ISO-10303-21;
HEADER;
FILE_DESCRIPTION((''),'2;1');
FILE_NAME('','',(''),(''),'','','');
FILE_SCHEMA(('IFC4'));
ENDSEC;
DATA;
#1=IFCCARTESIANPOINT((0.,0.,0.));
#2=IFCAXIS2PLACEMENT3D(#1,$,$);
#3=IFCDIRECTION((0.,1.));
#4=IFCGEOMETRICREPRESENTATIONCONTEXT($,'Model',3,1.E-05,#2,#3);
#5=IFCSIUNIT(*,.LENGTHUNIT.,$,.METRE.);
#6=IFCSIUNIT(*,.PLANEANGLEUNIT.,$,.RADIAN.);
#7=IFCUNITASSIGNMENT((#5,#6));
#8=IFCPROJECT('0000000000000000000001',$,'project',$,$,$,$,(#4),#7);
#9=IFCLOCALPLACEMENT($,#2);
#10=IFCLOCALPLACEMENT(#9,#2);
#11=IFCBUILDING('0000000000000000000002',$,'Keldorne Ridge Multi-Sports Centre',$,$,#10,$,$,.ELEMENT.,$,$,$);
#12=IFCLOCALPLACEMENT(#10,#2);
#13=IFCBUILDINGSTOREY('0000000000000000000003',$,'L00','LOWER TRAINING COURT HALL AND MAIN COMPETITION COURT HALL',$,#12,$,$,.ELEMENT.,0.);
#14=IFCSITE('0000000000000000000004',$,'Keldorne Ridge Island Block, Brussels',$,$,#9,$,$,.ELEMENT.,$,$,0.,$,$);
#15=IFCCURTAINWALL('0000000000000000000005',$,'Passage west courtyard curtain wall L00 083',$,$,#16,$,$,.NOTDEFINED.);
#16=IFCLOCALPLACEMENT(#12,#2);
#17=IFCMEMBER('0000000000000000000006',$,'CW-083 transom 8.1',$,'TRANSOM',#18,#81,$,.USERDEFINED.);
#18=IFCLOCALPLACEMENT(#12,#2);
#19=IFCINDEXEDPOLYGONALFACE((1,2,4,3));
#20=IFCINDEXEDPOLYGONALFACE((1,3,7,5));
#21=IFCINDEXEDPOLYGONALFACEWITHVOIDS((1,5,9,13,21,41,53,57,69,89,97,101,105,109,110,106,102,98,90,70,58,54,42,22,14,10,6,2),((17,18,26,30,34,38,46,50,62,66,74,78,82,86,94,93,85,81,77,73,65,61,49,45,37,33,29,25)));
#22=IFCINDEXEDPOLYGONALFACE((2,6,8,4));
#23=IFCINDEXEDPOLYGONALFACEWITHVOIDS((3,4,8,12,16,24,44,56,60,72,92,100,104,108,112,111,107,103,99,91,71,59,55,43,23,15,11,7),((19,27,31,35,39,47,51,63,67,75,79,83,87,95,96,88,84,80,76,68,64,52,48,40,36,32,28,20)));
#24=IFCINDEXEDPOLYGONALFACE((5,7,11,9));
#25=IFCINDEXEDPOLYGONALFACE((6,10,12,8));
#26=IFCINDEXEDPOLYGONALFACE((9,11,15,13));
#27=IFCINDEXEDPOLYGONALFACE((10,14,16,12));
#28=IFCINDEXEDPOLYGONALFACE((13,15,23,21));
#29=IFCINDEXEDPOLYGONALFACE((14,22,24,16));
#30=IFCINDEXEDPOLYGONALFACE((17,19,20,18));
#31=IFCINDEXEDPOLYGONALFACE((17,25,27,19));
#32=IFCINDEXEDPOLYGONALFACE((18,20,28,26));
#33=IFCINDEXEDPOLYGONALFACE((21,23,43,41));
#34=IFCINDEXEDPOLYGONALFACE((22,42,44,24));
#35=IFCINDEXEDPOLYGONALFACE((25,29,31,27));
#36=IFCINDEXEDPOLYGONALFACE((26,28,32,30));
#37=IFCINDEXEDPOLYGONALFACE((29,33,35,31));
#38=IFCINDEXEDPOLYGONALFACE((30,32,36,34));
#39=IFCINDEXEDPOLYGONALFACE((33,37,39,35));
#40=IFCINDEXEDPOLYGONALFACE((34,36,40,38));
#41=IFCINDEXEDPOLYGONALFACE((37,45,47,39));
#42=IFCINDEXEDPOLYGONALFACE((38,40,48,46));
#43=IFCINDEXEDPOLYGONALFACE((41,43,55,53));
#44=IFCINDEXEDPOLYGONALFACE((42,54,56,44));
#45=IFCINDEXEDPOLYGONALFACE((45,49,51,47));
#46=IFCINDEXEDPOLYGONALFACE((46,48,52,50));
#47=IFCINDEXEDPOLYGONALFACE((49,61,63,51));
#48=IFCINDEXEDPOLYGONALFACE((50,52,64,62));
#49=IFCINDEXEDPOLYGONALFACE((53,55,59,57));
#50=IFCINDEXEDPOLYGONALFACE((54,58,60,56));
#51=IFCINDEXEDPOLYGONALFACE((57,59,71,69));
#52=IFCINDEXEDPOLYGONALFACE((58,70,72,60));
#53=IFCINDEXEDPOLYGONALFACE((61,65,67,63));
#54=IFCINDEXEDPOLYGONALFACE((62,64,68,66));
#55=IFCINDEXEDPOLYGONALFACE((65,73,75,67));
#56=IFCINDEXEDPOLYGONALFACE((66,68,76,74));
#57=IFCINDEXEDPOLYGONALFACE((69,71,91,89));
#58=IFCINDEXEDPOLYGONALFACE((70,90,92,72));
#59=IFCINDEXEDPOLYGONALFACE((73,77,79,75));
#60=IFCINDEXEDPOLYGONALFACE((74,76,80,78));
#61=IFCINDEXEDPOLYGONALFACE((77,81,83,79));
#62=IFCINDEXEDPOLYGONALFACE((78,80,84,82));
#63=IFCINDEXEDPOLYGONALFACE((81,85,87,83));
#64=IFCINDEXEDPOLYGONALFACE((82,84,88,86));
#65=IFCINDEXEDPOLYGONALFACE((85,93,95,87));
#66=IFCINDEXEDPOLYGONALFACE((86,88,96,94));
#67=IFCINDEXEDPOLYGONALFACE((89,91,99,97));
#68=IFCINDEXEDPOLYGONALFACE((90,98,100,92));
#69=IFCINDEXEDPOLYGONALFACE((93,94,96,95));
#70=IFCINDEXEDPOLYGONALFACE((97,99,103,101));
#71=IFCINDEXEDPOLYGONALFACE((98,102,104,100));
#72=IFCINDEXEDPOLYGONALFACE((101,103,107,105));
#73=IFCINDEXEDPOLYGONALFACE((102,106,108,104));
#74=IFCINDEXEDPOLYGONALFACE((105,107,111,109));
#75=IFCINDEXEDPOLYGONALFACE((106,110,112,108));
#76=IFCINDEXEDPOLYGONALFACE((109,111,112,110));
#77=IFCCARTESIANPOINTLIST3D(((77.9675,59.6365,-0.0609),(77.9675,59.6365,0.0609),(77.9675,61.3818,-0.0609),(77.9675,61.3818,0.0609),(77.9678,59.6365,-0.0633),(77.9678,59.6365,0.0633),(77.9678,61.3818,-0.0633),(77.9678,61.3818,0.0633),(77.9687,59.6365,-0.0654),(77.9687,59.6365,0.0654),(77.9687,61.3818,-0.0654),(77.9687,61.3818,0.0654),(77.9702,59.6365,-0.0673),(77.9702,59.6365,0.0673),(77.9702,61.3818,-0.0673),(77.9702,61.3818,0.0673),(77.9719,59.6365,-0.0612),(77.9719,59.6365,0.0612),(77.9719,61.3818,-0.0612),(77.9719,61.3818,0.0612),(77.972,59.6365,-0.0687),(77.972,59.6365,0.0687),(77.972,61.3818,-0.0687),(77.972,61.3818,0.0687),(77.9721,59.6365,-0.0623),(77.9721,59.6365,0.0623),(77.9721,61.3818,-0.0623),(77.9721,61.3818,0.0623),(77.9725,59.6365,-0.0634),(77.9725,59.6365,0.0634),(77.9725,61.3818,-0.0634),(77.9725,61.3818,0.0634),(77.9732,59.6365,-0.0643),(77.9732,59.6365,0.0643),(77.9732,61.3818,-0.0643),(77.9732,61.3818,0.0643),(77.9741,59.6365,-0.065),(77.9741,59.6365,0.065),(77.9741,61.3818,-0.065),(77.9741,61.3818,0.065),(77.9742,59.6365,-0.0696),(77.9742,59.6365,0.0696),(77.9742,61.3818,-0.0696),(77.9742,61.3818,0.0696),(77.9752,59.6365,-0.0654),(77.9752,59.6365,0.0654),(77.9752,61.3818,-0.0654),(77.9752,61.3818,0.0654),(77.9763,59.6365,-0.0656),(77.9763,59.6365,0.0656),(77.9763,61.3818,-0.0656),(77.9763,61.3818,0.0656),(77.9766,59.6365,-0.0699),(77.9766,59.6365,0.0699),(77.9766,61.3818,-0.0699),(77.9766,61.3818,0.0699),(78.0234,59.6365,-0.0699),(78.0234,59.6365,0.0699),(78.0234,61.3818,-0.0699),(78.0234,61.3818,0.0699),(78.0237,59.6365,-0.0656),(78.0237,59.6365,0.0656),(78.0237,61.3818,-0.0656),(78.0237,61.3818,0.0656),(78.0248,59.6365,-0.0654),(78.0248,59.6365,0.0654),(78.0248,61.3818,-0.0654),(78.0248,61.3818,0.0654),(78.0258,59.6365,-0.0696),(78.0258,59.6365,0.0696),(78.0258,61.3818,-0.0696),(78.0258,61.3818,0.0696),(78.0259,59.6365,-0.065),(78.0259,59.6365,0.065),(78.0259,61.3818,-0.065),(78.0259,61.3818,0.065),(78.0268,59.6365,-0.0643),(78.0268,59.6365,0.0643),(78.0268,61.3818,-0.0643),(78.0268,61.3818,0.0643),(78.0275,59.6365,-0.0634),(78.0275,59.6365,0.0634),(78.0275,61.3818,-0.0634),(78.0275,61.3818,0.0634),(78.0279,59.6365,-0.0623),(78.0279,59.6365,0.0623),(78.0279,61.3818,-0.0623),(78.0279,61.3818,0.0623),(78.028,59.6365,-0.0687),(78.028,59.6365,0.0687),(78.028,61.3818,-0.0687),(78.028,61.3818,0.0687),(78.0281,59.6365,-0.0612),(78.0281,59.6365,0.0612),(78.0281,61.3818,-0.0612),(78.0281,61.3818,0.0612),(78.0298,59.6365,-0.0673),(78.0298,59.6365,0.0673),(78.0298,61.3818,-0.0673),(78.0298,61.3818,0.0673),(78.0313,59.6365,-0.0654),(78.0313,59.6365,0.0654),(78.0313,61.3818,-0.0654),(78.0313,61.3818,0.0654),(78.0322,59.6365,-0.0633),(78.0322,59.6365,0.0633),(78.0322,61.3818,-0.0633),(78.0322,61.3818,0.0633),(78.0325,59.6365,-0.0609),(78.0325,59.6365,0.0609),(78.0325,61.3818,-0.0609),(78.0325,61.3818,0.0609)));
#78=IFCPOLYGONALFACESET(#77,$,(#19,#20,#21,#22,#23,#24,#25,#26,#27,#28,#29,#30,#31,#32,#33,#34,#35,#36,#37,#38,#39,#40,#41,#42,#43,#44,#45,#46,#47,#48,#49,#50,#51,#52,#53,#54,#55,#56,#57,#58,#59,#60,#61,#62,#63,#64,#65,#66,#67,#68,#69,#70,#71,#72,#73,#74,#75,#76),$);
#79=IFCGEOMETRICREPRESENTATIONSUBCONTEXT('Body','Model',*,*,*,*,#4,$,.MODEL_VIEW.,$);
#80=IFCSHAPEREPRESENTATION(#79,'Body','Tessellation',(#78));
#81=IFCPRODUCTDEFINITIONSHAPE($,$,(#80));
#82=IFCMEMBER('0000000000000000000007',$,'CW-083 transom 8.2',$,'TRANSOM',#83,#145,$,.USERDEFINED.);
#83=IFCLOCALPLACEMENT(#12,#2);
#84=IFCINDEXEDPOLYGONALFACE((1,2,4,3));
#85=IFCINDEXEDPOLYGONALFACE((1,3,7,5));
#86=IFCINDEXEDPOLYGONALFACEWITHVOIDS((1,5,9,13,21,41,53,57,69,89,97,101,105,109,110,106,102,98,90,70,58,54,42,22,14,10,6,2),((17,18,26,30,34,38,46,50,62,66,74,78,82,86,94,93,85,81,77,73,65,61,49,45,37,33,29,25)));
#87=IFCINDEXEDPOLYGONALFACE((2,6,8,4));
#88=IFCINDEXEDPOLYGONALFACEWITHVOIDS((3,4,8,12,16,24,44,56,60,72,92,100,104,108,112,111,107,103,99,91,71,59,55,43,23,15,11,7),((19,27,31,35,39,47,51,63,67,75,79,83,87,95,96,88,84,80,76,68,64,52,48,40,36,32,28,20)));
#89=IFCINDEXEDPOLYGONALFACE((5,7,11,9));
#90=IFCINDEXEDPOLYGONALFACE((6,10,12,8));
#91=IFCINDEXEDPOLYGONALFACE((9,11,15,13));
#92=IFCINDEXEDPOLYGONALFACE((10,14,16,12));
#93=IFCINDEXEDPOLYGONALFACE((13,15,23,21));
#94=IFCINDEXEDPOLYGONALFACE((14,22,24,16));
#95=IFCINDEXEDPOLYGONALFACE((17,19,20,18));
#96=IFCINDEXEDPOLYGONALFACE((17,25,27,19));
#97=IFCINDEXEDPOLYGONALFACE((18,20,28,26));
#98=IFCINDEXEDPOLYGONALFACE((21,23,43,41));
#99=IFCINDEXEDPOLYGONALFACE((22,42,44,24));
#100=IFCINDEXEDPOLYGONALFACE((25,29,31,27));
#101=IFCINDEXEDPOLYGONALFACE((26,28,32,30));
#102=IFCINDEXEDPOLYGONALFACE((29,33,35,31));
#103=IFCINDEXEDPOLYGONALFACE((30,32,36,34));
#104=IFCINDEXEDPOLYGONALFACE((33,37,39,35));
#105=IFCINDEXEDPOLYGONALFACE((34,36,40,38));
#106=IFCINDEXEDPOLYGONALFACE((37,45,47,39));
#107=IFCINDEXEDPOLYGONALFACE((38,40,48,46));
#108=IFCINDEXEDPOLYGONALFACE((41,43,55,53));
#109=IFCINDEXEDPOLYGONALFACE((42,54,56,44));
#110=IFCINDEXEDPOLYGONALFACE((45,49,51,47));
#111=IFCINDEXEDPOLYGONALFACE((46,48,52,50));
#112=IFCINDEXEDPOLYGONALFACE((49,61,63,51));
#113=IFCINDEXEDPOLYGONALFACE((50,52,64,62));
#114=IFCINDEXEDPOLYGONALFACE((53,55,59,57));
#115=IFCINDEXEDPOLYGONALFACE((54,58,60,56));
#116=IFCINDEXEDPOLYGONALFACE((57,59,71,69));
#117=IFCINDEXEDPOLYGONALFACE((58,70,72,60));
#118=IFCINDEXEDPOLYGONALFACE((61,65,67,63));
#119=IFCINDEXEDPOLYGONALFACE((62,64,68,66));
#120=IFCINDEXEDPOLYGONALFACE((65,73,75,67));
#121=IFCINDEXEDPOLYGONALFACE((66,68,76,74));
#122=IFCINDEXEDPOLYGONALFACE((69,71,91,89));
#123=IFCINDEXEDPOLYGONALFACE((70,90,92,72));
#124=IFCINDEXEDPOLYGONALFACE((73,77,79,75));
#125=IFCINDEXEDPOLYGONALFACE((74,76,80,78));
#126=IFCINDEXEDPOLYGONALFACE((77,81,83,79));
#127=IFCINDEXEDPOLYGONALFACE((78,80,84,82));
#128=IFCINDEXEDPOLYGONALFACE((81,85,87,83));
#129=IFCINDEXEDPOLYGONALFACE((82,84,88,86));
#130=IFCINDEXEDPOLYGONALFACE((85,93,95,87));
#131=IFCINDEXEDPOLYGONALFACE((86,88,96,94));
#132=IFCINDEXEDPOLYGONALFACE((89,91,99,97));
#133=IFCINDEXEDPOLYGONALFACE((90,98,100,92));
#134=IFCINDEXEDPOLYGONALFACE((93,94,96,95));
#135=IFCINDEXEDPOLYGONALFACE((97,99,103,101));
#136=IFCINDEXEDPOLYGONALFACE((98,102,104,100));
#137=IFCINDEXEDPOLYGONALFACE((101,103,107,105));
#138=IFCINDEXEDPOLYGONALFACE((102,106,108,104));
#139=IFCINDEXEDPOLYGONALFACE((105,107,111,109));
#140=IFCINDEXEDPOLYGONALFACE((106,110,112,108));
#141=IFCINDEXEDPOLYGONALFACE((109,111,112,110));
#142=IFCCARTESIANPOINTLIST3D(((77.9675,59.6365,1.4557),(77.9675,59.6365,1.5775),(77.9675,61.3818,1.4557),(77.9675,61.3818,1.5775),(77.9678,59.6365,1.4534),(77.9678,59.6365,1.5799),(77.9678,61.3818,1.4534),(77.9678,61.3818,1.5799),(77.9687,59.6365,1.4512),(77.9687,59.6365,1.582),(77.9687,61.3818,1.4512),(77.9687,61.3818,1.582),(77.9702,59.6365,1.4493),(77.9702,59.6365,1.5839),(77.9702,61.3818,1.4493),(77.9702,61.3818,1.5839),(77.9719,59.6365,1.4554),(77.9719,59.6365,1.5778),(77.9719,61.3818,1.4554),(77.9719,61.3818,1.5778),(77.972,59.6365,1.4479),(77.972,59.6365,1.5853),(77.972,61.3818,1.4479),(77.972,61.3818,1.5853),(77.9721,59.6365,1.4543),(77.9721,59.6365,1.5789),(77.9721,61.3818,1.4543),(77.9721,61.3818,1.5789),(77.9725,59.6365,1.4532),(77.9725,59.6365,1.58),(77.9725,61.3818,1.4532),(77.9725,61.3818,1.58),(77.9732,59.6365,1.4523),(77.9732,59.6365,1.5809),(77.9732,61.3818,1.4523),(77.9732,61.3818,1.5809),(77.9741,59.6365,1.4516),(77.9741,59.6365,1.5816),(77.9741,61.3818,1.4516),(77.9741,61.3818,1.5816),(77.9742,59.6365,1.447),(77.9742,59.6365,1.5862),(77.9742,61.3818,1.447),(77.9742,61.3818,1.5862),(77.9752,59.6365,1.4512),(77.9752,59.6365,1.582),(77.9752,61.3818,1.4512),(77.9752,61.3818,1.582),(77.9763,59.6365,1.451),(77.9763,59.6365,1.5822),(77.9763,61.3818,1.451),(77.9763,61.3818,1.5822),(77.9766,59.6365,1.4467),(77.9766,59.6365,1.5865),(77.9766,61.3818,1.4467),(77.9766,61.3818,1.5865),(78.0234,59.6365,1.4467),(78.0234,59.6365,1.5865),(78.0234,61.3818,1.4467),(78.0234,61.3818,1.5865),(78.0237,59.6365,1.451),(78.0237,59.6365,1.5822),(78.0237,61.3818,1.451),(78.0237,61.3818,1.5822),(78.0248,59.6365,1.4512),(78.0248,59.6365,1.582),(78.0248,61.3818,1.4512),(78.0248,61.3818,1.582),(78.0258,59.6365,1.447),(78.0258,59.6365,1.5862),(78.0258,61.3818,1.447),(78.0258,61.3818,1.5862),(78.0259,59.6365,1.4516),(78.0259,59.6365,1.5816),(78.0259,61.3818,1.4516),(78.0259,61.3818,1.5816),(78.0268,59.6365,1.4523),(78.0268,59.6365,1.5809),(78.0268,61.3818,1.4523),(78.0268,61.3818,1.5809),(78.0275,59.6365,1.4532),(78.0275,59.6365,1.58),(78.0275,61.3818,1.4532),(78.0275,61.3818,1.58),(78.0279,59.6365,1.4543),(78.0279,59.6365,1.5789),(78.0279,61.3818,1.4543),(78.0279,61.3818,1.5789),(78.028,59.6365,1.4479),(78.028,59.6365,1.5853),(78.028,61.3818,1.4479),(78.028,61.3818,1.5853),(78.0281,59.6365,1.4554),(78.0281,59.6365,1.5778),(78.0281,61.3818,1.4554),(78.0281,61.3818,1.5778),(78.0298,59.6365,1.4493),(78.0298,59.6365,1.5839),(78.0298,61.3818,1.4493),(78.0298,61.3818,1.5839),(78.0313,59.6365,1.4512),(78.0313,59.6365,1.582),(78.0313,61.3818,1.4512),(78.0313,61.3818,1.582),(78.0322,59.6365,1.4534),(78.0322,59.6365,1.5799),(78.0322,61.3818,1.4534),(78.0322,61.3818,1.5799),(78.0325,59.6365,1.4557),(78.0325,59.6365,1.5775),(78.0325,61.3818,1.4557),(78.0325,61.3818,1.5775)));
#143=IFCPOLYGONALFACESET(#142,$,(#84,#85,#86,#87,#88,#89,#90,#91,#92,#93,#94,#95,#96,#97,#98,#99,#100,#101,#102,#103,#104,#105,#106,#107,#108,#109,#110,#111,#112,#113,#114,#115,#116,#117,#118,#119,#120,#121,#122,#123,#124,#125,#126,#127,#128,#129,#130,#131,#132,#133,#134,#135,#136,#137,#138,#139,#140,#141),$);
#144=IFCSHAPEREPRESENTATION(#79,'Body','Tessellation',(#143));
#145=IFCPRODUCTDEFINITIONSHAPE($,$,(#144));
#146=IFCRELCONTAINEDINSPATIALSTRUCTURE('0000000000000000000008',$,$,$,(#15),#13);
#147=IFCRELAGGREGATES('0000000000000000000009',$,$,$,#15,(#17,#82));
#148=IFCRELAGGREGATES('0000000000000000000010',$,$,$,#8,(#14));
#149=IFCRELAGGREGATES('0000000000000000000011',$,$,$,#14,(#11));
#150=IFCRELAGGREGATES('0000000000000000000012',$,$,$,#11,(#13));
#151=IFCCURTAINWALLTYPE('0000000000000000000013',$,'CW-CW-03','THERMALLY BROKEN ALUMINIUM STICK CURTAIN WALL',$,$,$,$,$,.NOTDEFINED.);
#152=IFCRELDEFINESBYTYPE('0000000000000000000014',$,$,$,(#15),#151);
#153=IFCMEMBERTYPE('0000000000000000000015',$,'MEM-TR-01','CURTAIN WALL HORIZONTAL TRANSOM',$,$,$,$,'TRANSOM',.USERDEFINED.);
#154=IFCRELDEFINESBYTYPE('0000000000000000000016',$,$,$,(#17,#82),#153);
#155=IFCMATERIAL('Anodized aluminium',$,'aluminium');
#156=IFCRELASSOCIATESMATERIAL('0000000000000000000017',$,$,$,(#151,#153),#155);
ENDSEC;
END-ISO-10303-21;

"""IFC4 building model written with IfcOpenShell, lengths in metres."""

from ifc_helpers import new_model, si_unit, direction, frame, origin, origin_2d, place, context, subcontext, project, spatial, hollow_rectangle, extrude, material, material_profile, profile_set, type_object, element, aggregate, save


model = new_model("IFC4")

# Units and contexts
model_context = context("Model", 3, precision=1e-05, world=origin(), true_north=direction((0.0, 1.0)))
body_context = subcontext(model_context, "Body", "Model", "MODEL_VIEW")
ifc_project = project(units=[si_unit("LENGTHUNIT", "METRE"), si_unit("PLANEANGLEUNIT", "RADIAN")], contexts=[model_context])

# Site, building, storey
site_placement = place(None, origin())
site = spatial("IfcSite", under=ifc_project, at=site_placement, Name="Keldorne Ridge Island Block, Brussels", CompositionType="ELEMENT", RefElevation=0.0)
building_placement = place(site_placement, origin())
building = spatial("IfcBuilding", under=site, at=building_placement, Name="Keldorne Ridge Multi-Sports Centre", CompositionType="ELEMENT")
storey_placement = place(building_placement, origin())
storey = spatial("IfcBuildingStorey", under=building, at=storey_placement, Name="L00", Description="LOWER TRAINING COURT HALL AND MAIN COMPETITION COURT HALL", CompositionType="ELEMENT", Elevation=0.0)

# Curtain wall, members
ifc_material_1 = material(Name="Anodized aluminium", Category="aluminium")
curtain_wall_type = type_object("IfcCurtainWallType", Name="CW-CW-03", Description="THERMALLY BROKEN ALUMINIUM STICK CURTAIN WALL", PredefinedType="NOTDEFINED", material=ifc_material_1)
curtain_wall_placement = place(storey_placement, origin())
curtain_wall = element("IfcCurtainWall", 1, at=curtain_wall_placement, inside=storey, type_object=curtain_wall_type, Name="Passage west courtyard curtain wall L00 083", PredefinedType="NOTDEFINED")
ifc_material_profile_1 = material_profile(ifc_material_1, hollow_rectangle(XDim=0.0649, YDim=0.1399, WallThickness=0.0044, InnerFilletRadius=0.0044, OuterFilletRadius=0.009, at=origin_2d()), Name="ALU TRANSOM 140x65x4.5")
ifc_profile_set_1 = profile_set([ifc_material_profile_1], Name="Anodized aluminium")
member_type_1 = type_object("IfcMemberType", Name="MEM-TR-01", Description="CURTAIN WALL HORIZONTAL TRANSOM", ElementType="TRANSOM", PredefinedType="USERDEFINED", material=ifc_profile_set_1)
member_1_placement = place(storey_placement, frame((78.0, 61.3818, 0.0), z_axis=(0.0, -1.0, 0.0), x_axis=(1.0, 0.0, 0.0)))
member_1 = element("IfcMember", 2, at=member_1_placement, type_object=member_type_1, Name="CW-083 transom 8.1", ObjectType="TRANSOM", PredefinedType="USERDEFINED", context=body_context, shape_type="SweptSolid", body=[
    extrude(hollow_rectangle(XDim=0.0649, YDim=0.1399, WallThickness=0.0044, InnerFilletRadius=0.0044, OuterFilletRadius=0.009, at=origin_2d()), origin(), (0.0, 0.0, 1.0), 1.7454),
])
member_2_placement = place(storey_placement, frame((78.0, 61.3818, 1.5166), z_axis=(0.0, -1.0, 0.0), x_axis=(1.0, 0.0, 0.0)))
member_2 = element("IfcMember", 3, at=member_2_placement, type_object=member_type_1, Name="CW-083 transom 8.2", ObjectType="TRANSOM", PredefinedType="USERDEFINED", context=body_context, shape_type="SweptSolid", body=[
    extrude(hollow_rectangle(XDim=0.0649, YDim=0.1399, WallThickness=0.0044, InnerFilletRadius=0.0044, OuterFilletRadius=0.009, at=origin_2d()), origin(), (0.0, 0.0, 1.0), 1.7454),
])
aggregate(curtain_wall, [member_1, member_2])

save(model, "model.ifc")
